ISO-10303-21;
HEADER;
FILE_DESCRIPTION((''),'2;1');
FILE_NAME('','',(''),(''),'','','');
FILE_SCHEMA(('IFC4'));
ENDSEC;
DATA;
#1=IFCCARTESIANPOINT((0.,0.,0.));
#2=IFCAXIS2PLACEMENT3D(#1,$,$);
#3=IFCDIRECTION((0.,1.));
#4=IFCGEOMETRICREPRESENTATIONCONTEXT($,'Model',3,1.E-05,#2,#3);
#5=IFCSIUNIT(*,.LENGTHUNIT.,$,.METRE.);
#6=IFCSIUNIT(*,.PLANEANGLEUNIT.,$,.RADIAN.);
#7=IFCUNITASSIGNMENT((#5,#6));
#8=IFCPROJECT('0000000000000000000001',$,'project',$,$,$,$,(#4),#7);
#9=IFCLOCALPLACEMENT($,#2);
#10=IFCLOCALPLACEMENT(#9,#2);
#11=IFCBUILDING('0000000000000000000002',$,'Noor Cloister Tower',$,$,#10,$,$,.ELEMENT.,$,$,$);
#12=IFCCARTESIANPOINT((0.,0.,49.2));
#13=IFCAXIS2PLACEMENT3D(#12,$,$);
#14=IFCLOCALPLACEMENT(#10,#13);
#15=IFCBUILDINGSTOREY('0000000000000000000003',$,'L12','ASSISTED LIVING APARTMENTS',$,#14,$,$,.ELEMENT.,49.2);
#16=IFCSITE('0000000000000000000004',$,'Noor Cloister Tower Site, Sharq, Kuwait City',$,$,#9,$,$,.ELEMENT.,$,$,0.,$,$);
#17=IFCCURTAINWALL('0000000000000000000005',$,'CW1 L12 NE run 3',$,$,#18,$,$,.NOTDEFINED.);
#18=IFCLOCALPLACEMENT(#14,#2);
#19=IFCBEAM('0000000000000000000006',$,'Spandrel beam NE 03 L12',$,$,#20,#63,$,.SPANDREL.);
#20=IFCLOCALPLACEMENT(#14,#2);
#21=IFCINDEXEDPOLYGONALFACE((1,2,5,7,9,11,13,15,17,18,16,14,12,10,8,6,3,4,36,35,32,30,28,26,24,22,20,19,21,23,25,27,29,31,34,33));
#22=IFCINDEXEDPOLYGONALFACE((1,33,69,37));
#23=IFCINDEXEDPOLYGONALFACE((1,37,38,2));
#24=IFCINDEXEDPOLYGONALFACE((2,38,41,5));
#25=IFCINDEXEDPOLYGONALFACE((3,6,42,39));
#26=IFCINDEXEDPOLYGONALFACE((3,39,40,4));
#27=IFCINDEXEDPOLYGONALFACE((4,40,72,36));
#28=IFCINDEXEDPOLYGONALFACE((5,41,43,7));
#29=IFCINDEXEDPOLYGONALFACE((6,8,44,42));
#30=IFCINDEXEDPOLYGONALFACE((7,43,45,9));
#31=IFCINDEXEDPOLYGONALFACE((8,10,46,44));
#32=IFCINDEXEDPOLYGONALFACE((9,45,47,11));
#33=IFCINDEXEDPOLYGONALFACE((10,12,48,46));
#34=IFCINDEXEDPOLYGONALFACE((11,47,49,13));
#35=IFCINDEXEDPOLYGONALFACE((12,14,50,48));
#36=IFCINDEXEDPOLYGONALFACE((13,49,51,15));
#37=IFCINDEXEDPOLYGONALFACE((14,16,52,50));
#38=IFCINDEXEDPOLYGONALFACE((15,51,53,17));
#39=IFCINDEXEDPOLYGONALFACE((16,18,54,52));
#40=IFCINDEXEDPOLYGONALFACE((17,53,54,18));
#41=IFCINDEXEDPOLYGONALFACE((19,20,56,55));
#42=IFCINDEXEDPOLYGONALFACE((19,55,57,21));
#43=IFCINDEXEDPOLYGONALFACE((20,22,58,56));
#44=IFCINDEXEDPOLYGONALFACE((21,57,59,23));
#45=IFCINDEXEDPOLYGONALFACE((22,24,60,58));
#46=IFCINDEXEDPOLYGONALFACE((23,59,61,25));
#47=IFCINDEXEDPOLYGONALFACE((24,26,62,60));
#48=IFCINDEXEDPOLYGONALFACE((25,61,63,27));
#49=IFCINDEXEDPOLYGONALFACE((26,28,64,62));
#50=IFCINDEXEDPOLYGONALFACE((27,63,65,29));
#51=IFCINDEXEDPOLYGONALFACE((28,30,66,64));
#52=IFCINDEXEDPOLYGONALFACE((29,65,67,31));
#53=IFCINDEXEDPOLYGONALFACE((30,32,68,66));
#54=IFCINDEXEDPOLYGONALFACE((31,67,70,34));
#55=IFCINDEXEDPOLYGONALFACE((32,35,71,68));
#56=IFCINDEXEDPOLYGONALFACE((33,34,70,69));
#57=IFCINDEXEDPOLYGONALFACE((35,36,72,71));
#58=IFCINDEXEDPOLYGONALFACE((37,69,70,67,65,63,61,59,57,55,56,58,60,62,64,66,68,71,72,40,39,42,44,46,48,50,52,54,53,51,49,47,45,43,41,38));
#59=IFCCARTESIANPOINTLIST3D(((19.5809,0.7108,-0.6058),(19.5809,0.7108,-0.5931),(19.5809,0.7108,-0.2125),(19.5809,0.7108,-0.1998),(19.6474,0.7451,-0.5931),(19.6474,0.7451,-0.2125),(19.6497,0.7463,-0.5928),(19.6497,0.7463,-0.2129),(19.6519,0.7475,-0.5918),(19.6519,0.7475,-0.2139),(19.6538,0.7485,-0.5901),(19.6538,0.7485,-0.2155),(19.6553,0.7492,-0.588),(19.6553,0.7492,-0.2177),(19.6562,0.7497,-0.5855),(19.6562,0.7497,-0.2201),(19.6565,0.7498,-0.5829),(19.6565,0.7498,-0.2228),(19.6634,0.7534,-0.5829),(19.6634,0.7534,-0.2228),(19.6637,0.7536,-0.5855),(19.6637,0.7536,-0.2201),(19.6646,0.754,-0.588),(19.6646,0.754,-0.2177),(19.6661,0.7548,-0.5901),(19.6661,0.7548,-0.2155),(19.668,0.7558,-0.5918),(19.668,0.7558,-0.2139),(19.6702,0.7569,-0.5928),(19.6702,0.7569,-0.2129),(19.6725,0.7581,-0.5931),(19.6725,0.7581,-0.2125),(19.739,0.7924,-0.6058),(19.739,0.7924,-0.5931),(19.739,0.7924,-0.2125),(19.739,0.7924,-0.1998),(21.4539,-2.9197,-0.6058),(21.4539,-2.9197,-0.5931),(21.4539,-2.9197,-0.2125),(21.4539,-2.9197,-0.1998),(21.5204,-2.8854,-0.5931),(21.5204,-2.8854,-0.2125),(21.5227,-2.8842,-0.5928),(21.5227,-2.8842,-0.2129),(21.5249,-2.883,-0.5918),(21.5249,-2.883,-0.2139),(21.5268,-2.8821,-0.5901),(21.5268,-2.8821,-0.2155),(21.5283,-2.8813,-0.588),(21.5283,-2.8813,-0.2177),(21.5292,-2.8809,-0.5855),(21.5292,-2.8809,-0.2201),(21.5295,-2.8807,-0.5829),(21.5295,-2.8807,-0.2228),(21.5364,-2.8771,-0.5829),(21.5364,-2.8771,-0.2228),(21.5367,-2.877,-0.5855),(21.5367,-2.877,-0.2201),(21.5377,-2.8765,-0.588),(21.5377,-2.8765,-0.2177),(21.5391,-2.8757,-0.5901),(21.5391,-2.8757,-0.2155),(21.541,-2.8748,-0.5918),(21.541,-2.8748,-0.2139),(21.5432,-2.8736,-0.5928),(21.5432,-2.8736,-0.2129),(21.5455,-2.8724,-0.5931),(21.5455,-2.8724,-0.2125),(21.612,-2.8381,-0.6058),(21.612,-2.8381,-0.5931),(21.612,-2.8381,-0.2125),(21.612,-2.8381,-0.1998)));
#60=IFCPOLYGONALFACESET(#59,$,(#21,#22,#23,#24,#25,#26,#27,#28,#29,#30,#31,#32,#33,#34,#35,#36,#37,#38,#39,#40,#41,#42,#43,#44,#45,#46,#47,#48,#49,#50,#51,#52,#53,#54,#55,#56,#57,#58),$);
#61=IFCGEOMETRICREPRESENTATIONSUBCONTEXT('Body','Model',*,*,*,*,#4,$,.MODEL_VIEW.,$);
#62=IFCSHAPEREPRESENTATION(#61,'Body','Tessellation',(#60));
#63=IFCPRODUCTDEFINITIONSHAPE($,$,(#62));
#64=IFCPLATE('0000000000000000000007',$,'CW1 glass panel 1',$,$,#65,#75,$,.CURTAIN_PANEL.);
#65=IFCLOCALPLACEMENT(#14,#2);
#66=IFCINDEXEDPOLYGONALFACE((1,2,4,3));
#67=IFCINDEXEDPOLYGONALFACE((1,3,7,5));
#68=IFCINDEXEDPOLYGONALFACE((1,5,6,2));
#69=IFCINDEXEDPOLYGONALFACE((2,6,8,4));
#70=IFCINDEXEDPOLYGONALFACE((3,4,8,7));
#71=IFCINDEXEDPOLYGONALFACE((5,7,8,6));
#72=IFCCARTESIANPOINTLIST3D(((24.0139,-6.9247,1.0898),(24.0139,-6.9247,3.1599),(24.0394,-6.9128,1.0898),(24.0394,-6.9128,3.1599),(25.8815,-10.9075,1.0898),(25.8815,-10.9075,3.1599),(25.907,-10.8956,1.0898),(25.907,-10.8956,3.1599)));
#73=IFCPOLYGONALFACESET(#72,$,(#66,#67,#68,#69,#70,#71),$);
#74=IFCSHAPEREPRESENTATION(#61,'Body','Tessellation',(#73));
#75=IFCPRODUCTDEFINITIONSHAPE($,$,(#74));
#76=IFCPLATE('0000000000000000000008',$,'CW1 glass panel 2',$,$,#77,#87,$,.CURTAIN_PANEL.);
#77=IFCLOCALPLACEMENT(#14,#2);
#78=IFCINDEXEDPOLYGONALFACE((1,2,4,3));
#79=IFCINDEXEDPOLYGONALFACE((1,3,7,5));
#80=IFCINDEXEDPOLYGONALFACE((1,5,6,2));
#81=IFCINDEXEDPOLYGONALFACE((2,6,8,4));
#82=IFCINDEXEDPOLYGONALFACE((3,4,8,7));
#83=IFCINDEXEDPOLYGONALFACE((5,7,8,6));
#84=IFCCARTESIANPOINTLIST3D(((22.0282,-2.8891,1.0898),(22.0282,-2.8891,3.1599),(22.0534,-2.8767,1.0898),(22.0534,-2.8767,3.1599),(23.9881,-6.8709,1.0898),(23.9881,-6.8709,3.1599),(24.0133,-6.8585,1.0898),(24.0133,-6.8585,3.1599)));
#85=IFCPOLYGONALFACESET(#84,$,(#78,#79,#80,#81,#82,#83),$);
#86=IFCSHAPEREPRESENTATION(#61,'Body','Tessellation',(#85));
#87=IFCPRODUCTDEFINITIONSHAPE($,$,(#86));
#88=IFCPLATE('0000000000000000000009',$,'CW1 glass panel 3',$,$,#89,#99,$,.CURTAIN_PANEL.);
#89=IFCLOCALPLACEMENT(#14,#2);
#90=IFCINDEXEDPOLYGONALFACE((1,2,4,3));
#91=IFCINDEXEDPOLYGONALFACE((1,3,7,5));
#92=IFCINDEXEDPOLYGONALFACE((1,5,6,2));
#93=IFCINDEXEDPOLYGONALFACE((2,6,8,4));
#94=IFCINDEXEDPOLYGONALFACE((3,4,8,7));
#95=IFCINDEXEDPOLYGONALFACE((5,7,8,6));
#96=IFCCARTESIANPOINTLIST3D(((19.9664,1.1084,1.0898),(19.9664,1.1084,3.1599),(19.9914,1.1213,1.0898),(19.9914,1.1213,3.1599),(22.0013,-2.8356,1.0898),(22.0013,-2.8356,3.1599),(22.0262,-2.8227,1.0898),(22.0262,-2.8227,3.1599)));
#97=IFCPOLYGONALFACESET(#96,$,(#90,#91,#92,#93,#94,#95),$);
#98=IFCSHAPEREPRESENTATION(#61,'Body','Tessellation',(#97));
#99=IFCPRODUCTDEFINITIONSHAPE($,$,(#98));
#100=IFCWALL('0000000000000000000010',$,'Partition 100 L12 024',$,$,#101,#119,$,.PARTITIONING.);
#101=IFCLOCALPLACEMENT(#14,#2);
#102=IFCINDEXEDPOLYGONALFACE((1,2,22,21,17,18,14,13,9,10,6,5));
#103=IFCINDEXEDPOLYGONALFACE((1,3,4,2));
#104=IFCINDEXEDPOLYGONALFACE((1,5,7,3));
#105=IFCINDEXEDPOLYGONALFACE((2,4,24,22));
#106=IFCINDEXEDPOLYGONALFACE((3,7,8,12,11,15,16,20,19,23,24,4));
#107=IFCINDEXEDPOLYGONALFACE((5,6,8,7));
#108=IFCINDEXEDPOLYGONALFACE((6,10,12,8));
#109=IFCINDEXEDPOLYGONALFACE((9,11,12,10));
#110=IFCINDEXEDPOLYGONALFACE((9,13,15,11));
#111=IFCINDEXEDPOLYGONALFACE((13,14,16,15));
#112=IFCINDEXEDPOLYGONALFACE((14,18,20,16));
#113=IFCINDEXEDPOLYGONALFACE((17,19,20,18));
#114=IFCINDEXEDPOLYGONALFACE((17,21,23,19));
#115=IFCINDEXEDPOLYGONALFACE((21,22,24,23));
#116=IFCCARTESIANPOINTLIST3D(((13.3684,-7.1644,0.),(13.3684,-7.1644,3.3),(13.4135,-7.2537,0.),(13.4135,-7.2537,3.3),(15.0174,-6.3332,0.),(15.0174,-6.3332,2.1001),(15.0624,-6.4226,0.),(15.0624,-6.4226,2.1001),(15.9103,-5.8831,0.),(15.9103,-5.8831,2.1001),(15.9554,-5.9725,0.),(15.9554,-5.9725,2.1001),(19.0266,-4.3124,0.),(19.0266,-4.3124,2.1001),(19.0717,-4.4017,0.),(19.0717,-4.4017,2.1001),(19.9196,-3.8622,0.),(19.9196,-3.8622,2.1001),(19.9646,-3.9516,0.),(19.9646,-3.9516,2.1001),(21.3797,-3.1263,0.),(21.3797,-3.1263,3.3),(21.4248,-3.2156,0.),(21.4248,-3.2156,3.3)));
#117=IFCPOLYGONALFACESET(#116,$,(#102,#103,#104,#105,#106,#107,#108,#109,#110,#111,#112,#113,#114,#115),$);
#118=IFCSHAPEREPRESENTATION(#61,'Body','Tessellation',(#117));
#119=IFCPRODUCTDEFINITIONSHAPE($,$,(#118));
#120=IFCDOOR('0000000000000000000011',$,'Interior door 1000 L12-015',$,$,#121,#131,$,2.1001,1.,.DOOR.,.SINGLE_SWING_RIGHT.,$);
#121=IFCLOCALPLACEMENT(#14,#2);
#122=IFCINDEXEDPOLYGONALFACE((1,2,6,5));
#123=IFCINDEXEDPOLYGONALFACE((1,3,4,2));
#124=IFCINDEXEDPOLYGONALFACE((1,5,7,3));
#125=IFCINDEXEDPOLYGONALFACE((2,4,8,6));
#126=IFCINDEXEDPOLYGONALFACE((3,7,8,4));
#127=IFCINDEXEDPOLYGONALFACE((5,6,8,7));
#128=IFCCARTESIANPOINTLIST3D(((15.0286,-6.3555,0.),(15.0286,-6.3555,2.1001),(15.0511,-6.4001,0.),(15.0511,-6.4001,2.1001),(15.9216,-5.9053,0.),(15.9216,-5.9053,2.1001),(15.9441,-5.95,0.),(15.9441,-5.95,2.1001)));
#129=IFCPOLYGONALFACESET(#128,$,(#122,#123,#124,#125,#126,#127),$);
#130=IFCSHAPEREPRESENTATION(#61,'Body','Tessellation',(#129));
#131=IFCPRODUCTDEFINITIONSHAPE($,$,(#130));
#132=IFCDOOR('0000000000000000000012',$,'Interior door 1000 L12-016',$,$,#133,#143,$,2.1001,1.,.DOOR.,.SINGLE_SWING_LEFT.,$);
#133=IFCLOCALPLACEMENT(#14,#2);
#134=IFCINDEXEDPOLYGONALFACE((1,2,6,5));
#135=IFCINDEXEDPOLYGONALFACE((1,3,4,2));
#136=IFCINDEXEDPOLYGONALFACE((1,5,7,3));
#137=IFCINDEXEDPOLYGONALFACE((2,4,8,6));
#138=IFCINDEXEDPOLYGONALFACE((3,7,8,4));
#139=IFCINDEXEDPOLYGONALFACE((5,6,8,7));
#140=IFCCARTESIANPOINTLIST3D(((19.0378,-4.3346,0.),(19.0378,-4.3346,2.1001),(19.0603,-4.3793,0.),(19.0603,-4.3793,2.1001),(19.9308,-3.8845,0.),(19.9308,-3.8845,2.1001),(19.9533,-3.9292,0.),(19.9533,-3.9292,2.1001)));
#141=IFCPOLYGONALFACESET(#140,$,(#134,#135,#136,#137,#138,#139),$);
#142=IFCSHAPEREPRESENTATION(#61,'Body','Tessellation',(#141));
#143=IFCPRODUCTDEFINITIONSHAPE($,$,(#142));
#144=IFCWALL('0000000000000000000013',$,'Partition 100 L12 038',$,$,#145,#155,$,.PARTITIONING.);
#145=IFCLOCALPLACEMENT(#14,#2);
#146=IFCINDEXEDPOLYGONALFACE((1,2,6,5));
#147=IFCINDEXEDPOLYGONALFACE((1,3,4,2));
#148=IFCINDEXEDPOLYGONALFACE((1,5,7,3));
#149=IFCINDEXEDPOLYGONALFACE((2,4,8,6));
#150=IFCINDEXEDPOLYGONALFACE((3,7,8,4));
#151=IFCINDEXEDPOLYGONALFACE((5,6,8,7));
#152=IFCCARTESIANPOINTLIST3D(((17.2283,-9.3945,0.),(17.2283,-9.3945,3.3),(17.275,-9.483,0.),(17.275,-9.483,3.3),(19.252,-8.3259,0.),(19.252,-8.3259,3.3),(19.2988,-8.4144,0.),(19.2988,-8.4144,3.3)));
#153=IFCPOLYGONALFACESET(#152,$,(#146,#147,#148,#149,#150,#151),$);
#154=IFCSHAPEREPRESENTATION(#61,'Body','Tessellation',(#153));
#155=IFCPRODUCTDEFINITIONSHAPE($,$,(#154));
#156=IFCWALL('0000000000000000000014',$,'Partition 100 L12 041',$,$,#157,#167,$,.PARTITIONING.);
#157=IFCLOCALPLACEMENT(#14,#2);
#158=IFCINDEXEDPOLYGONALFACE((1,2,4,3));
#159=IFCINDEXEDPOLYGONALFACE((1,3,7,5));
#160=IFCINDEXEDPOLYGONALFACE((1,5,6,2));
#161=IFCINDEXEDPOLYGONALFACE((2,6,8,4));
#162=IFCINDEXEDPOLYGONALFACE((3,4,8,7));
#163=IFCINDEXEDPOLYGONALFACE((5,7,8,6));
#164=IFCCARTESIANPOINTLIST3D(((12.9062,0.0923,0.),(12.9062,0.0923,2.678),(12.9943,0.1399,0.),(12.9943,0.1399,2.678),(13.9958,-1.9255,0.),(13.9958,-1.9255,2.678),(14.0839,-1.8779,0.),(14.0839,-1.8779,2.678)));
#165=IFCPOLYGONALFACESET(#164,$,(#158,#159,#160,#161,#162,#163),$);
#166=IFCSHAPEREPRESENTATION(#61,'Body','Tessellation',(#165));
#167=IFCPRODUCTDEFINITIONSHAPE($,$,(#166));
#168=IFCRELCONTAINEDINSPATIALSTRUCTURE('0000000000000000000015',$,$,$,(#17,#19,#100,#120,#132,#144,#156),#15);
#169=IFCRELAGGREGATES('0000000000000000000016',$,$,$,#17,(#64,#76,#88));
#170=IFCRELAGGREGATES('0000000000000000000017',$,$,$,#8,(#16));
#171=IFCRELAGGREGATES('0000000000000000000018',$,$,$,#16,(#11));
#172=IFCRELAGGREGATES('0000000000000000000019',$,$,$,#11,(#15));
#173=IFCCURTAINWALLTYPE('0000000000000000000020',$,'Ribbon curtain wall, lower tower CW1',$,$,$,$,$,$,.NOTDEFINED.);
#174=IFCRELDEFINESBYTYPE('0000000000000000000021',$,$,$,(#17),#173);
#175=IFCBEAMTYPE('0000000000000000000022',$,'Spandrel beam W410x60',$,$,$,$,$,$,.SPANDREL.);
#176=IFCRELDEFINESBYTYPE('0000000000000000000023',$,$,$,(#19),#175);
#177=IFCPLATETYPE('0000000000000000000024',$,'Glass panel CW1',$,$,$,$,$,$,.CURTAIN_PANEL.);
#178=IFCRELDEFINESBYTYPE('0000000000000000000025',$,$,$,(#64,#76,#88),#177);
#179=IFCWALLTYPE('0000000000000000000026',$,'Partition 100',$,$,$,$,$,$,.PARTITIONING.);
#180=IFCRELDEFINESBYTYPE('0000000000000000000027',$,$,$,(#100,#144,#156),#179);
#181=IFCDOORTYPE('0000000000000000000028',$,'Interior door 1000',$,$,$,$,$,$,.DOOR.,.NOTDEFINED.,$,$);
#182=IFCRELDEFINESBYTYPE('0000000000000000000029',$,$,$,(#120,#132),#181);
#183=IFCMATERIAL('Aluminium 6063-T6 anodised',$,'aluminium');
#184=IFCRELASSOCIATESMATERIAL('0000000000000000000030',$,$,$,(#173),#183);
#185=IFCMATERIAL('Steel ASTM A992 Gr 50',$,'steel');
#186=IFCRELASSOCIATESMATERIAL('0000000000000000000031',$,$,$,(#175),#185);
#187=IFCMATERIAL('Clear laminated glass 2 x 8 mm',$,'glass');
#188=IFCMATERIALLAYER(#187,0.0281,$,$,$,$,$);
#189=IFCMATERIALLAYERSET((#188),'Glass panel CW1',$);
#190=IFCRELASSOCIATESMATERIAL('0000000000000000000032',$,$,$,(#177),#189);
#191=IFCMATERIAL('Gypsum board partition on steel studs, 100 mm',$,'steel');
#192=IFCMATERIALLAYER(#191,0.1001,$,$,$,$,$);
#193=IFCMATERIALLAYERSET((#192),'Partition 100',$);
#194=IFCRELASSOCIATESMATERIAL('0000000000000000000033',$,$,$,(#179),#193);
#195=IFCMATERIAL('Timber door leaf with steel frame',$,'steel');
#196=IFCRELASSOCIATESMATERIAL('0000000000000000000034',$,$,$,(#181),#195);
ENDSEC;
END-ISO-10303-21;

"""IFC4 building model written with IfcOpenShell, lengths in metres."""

from ifc_helpers import new_model, si_unit, direction, frame, frame_2d, origin, origin_2d, place, context, subcontext, project, spatial, rectangle, i_section, extrude, material, layer, layer_set, material_profile, profile_set, type_object, element, fill, aggregate, save


model = new_model("IFC4")

# Units and contexts
model_context = context("Model", 3, precision=1e-05, world=origin(), true_north=direction((0.0, 1.0)))
body_context = subcontext(model_context, "Body", "Model", "MODEL_VIEW")
ifc_project = project(units=[si_unit("LENGTHUNIT", "METRE"), si_unit("PLANEANGLEUNIT", "RADIAN")], contexts=[model_context])

# Site, building, storey
site_placement = place(None, origin())
site = spatial("IfcSite", under=ifc_project, at=site_placement, Name="Noor Cloister Tower Site, Sharq, Kuwait City", CompositionType="ELEMENT", RefElevation=0.0)
building_placement = place(site_placement, origin())
building = spatial("IfcBuilding", under=site, at=building_placement, Name="Noor Cloister Tower", CompositionType="ELEMENT")
storey_placement = place(building_placement, frame((0.0, 0.0, 49.2)))
storey = spatial("IfcBuildingStorey", under=building, at=storey_placement, Name="L12", Description="ASSISTED LIVING APARTMENTS", CompositionType="ELEMENT", Elevation=49.2)

# Curtain wall
ifc_material_1 = material(Name="Aluminium 6063-T6 anodised", Category="aluminium")
curtain_wall_type = type_object("IfcCurtainWallType", Name="Ribbon curtain wall, lower tower CW1", PredefinedType="NOTDEFINED", material=ifc_material_1)
curtain_wall_placement = place(storey_placement, origin())
curtain_wall = element("IfcCurtainWall", 1, at=curtain_wall_placement, inside=storey, type_object=curtain_wall_type, Name="CW1 L12 NE run 3", PredefinedType="NOTDEFINED")

# Beam
ifc_material_2 = material(Name="Steel ASTM A992 Gr 50", Category="steel")
ifc_material_profile_1 = material_profile(ifc_material_2, i_section(OverallWidth=0.178, OverallDepth=0.406, WebThickness=0.0078, FlangeThickness=0.0127, FilletRadius=0.0103, at=origin_2d()), Name="W410x60")
ifc_profile_set_1 = profile_set([ifc_material_profile_1], Name="Steel ASTM A992 Gr 50")
beam_type_1 = type_object("IfcBeamType", Name="Spandrel beam W410x60", PredefinedType="SPANDREL", material=ifc_profile_set_1)
beam_1_placement = place(storey_placement, frame((21.533, -2.8789, -0.4028), z_axis=(-0.458485, 0.888702, 0.0), x_axis=(-0.888702, -0.458485, 0.0)))
element("IfcBeam", 2, at=beam_1_placement, inside=storey, type_object=beam_type_1, Name="Spandrel beam NE 03 L12", PredefinedType="SPANDREL", context=body_context, shape_type="SweptSolid", body=[
    extrude(i_section(OverallWidth=0.178, OverallDepth=0.406, WebThickness=0.0078, FlangeThickness=0.0127, FilletRadius=0.0103, at=origin_2d()), origin(), (0.0, 0.0, 1.0), 4.0852),
])

# Plates
ifc_material_3 = material(Name="Clear laminated glass 2 x 8 mm", Category="glass")
ifc_layer_1 = layer(ifc_material_3, 0.0281)
ifc_layer_set_1 = layer_set([ifc_layer_1], Name="Glass panel CW1")
plate_type = type_object("IfcPlateType", Name="Glass panel CW1", PredefinedType="CURTAIN_PANEL", material=ifc_layer_set_1)
plate_1_placement = place(storey_placement, frame((24.9604, -8.9102, 1.0898), z_axis=(0.0, 0.0, 1.0), x_axis=(-0.424561, 0.905399, 0.0)))
plate_1 = element("IfcPlate", 3, at=plate_1_placement, type_object=plate_type, Name="CW1 glass panel 1", PredefinedType="CURTAIN_PANEL", context=body_context, shape_type="SweptSolid", body=[
    extrude(rectangle(XDim=4.3989, YDim=0.0281, at=origin_2d()), origin(), (0.0, 0.0, 1.0), 2.0701),
])
plate_2_placement = place(storey_placement, frame((23.0208, -4.8738, 1.0898), z_axis=(0.0, 0.0, 1.0), x_axis=(-0.441611, 0.897207, 0.0)))
plate_2 = element("IfcPlate", 4, at=plate_2_placement, type_object=plate_type, Name="CW1 glass panel 2", PredefinedType="CURTAIN_PANEL", context=body_context, shape_type="SweptSolid", body=[
    extrude(rectangle(XDim=4.438, YDim=0.0281, at=origin_2d()), origin(), (0.0, 0.0, 1.0), 2.0701),
])
plate_3_placement = place(storey_placement, frame((20.9963, -0.8572, 1.0898), z_axis=(0.0, 0.0, 1.0), x_axis=(-0.458502, 0.888693, 0.0)))
plate_3 = element("IfcPlate", 5, at=plate_3_placement, type_object=plate_type, Name="CW1 glass panel 3", PredefinedType="CURTAIN_PANEL", context=body_context, shape_type="SweptSolid", body=[
    extrude(rectangle(XDim=4.438, YDim=0.0281, at=origin_2d()), origin(), (0.0, 0.0, 1.0), 2.0701),
])
aggregate(curtain_wall, [plate_1, plate_2, plate_3])

# Wall, openings, doors
ifc_material_4 = material(Name="Gypsum board partition on steel studs, 100 mm", Category="steel")
ifc_layer_2 = layer(ifc_material_4, 0.1001)
ifc_layer_set_2 = layer_set([ifc_layer_2], Name="Partition 100")
wall_type = type_object("IfcWallType", Name="Partition 100", PredefinedType="PARTITIONING", material=ifc_layer_set_2)
wall_1_placement = place(storey_placement, frame((21.4023, -3.1709, 0.0), z_axis=(0.0, 0.0, 1.0), x_axis=(-0.892975, -0.450107, 0.0)))
wall_1 = element("IfcWall", 6, at=wall_1_placement, inside=storey, type_object=wall_type, Name="Partition 100 L12 024", PredefinedType="PARTITIONING", context=body_context, shape_type="SweptSolid", body=[
    extrude(rectangle(XDim=8.9714, YDim=0.1001, at=frame_2d((4.4858, 0.0))), origin(), (0.0, 0.0, 1.0), 3.3),
])
opening_1_placement = place(wall_1_placement, frame((6.125, 0.0, 0.0)))
opening_1 = element("IfcOpeningElement", 7, at=opening_1_placement, cuts=wall_1, PredefinedType="OPENING", context=body_context, shape_type="SweptSolid", body=[
    extrude(rectangle(XDim=1.0, YDim=2.1001, at=frame_2d((0.5, 1.05))), frame((0.0, 0.0601, 0.0), z_axis=(0.0, -1.0, 0.0), x_axis=(1.0, 0.0, 0.0)), (0.0, 0.0, 1.0), 0.1201),
])
opening_2_placement = place(wall_1_placement, frame((1.6353, 0.0, 0.0)))
opening_2 = element("IfcOpeningElement", 8, at=opening_2_placement, cuts=wall_1, PredefinedType="OPENING", context=body_context, shape_type="SweptSolid", body=[
    extrude(rectangle(XDim=1.0, YDim=2.1001, at=frame_2d((0.5, 1.05))), frame((0.0, 0.0601, 0.0), z_axis=(0.0, -1.0, 0.0), x_axis=(1.0, 0.0, 0.0)), (0.0, 0.0, 1.0), 0.1201),
])
ifc_material_5 = material(Name="Timber door leaf with steel frame", Category="steel")
door_type = type_object("IfcDoorType", Name="Interior door 1000", OperationType="NOTDEFINED", PredefinedType="DOOR", material=ifc_material_5)
door_1_placement = place(opening_1_placement, origin())
door_1 = element("IfcDoor", 9, at=door_1_placement, inside=storey, type_object=door_type, Name="Interior door 1000 L12-015", OperationType="SINGLE_SWING_RIGHT", OverallHeight=2.1001, OverallWidth=1.0, PredefinedType="DOOR", context=body_context, shape_type="SweptSolid", body=[
    extrude(rectangle(XDim=1.0, YDim=2.1001, at=frame_2d((0.5, 1.05))), frame((0.0, 0.0249, 0.0), z_axis=(0.0, -1.0, 0.0), x_axis=(1.0, 0.0, 0.0)), (0.0, 0.0, 1.0), 0.05),
])
fill(opening_1, door_1)
door_2_placement = place(opening_2_placement, origin())
door_2 = element("IfcDoor", 10, at=door_2_placement, inside=storey, type_object=door_type, Name="Interior door 1000 L12-016", OperationType="SINGLE_SWING_LEFT", OverallHeight=2.1001, OverallWidth=1.0, PredefinedType="DOOR", context=body_context, shape_type="SweptSolid", body=[
    extrude(rectangle(XDim=1.0, YDim=2.1001, at=frame_2d((0.5, 1.05))), frame((0.0, 0.0249, 0.0), z_axis=(0.0, -1.0, 0.0), x_axis=(1.0, 0.0, 0.0)), (0.0, 0.0, 1.0), 0.05),
])
fill(opening_2, door_2)

# Walls
wall_2_placement = place(storey_placement, frame((19.2754, -8.3701, 0.0), z_axis=(0.0, 0.0, 1.0), x_axis=(-0.884286, -0.466946, 0.0)))
element("IfcWall", 11, at=wall_2_placement, inside=storey, type_object=wall_type, Name="Partition 100 L12 038", PredefinedType="PARTITIONING", context=body_context, shape_type="SweptSolid", body=[
    extrude(rectangle(XDim=2.2886, YDim=0.1001, at=frame_2d((1.1443, 0.0))), origin(), (0.0, 0.0, 1.0), 3.3),
])
wall_3_placement = place(storey_placement, frame((14.0398, -1.9016, 0.0), z_axis=(0.0, 0.0, 1.0), x_axis=(-0.475141, 0.87991, 0.0)))
element("IfcWall", 12, at=wall_3_placement, inside=storey, type_object=wall_type, Name="Partition 100 L12 041", PredefinedType="PARTITIONING", context=body_context, shape_type="SweptSolid", body=[
    extrude(rectangle(XDim=2.2932, YDim=0.1001, at=frame_2d((1.1465, 0.0))), origin(), (0.0, 0.0, 1.0), 2.678),
])

save(model, "model.ifc")
